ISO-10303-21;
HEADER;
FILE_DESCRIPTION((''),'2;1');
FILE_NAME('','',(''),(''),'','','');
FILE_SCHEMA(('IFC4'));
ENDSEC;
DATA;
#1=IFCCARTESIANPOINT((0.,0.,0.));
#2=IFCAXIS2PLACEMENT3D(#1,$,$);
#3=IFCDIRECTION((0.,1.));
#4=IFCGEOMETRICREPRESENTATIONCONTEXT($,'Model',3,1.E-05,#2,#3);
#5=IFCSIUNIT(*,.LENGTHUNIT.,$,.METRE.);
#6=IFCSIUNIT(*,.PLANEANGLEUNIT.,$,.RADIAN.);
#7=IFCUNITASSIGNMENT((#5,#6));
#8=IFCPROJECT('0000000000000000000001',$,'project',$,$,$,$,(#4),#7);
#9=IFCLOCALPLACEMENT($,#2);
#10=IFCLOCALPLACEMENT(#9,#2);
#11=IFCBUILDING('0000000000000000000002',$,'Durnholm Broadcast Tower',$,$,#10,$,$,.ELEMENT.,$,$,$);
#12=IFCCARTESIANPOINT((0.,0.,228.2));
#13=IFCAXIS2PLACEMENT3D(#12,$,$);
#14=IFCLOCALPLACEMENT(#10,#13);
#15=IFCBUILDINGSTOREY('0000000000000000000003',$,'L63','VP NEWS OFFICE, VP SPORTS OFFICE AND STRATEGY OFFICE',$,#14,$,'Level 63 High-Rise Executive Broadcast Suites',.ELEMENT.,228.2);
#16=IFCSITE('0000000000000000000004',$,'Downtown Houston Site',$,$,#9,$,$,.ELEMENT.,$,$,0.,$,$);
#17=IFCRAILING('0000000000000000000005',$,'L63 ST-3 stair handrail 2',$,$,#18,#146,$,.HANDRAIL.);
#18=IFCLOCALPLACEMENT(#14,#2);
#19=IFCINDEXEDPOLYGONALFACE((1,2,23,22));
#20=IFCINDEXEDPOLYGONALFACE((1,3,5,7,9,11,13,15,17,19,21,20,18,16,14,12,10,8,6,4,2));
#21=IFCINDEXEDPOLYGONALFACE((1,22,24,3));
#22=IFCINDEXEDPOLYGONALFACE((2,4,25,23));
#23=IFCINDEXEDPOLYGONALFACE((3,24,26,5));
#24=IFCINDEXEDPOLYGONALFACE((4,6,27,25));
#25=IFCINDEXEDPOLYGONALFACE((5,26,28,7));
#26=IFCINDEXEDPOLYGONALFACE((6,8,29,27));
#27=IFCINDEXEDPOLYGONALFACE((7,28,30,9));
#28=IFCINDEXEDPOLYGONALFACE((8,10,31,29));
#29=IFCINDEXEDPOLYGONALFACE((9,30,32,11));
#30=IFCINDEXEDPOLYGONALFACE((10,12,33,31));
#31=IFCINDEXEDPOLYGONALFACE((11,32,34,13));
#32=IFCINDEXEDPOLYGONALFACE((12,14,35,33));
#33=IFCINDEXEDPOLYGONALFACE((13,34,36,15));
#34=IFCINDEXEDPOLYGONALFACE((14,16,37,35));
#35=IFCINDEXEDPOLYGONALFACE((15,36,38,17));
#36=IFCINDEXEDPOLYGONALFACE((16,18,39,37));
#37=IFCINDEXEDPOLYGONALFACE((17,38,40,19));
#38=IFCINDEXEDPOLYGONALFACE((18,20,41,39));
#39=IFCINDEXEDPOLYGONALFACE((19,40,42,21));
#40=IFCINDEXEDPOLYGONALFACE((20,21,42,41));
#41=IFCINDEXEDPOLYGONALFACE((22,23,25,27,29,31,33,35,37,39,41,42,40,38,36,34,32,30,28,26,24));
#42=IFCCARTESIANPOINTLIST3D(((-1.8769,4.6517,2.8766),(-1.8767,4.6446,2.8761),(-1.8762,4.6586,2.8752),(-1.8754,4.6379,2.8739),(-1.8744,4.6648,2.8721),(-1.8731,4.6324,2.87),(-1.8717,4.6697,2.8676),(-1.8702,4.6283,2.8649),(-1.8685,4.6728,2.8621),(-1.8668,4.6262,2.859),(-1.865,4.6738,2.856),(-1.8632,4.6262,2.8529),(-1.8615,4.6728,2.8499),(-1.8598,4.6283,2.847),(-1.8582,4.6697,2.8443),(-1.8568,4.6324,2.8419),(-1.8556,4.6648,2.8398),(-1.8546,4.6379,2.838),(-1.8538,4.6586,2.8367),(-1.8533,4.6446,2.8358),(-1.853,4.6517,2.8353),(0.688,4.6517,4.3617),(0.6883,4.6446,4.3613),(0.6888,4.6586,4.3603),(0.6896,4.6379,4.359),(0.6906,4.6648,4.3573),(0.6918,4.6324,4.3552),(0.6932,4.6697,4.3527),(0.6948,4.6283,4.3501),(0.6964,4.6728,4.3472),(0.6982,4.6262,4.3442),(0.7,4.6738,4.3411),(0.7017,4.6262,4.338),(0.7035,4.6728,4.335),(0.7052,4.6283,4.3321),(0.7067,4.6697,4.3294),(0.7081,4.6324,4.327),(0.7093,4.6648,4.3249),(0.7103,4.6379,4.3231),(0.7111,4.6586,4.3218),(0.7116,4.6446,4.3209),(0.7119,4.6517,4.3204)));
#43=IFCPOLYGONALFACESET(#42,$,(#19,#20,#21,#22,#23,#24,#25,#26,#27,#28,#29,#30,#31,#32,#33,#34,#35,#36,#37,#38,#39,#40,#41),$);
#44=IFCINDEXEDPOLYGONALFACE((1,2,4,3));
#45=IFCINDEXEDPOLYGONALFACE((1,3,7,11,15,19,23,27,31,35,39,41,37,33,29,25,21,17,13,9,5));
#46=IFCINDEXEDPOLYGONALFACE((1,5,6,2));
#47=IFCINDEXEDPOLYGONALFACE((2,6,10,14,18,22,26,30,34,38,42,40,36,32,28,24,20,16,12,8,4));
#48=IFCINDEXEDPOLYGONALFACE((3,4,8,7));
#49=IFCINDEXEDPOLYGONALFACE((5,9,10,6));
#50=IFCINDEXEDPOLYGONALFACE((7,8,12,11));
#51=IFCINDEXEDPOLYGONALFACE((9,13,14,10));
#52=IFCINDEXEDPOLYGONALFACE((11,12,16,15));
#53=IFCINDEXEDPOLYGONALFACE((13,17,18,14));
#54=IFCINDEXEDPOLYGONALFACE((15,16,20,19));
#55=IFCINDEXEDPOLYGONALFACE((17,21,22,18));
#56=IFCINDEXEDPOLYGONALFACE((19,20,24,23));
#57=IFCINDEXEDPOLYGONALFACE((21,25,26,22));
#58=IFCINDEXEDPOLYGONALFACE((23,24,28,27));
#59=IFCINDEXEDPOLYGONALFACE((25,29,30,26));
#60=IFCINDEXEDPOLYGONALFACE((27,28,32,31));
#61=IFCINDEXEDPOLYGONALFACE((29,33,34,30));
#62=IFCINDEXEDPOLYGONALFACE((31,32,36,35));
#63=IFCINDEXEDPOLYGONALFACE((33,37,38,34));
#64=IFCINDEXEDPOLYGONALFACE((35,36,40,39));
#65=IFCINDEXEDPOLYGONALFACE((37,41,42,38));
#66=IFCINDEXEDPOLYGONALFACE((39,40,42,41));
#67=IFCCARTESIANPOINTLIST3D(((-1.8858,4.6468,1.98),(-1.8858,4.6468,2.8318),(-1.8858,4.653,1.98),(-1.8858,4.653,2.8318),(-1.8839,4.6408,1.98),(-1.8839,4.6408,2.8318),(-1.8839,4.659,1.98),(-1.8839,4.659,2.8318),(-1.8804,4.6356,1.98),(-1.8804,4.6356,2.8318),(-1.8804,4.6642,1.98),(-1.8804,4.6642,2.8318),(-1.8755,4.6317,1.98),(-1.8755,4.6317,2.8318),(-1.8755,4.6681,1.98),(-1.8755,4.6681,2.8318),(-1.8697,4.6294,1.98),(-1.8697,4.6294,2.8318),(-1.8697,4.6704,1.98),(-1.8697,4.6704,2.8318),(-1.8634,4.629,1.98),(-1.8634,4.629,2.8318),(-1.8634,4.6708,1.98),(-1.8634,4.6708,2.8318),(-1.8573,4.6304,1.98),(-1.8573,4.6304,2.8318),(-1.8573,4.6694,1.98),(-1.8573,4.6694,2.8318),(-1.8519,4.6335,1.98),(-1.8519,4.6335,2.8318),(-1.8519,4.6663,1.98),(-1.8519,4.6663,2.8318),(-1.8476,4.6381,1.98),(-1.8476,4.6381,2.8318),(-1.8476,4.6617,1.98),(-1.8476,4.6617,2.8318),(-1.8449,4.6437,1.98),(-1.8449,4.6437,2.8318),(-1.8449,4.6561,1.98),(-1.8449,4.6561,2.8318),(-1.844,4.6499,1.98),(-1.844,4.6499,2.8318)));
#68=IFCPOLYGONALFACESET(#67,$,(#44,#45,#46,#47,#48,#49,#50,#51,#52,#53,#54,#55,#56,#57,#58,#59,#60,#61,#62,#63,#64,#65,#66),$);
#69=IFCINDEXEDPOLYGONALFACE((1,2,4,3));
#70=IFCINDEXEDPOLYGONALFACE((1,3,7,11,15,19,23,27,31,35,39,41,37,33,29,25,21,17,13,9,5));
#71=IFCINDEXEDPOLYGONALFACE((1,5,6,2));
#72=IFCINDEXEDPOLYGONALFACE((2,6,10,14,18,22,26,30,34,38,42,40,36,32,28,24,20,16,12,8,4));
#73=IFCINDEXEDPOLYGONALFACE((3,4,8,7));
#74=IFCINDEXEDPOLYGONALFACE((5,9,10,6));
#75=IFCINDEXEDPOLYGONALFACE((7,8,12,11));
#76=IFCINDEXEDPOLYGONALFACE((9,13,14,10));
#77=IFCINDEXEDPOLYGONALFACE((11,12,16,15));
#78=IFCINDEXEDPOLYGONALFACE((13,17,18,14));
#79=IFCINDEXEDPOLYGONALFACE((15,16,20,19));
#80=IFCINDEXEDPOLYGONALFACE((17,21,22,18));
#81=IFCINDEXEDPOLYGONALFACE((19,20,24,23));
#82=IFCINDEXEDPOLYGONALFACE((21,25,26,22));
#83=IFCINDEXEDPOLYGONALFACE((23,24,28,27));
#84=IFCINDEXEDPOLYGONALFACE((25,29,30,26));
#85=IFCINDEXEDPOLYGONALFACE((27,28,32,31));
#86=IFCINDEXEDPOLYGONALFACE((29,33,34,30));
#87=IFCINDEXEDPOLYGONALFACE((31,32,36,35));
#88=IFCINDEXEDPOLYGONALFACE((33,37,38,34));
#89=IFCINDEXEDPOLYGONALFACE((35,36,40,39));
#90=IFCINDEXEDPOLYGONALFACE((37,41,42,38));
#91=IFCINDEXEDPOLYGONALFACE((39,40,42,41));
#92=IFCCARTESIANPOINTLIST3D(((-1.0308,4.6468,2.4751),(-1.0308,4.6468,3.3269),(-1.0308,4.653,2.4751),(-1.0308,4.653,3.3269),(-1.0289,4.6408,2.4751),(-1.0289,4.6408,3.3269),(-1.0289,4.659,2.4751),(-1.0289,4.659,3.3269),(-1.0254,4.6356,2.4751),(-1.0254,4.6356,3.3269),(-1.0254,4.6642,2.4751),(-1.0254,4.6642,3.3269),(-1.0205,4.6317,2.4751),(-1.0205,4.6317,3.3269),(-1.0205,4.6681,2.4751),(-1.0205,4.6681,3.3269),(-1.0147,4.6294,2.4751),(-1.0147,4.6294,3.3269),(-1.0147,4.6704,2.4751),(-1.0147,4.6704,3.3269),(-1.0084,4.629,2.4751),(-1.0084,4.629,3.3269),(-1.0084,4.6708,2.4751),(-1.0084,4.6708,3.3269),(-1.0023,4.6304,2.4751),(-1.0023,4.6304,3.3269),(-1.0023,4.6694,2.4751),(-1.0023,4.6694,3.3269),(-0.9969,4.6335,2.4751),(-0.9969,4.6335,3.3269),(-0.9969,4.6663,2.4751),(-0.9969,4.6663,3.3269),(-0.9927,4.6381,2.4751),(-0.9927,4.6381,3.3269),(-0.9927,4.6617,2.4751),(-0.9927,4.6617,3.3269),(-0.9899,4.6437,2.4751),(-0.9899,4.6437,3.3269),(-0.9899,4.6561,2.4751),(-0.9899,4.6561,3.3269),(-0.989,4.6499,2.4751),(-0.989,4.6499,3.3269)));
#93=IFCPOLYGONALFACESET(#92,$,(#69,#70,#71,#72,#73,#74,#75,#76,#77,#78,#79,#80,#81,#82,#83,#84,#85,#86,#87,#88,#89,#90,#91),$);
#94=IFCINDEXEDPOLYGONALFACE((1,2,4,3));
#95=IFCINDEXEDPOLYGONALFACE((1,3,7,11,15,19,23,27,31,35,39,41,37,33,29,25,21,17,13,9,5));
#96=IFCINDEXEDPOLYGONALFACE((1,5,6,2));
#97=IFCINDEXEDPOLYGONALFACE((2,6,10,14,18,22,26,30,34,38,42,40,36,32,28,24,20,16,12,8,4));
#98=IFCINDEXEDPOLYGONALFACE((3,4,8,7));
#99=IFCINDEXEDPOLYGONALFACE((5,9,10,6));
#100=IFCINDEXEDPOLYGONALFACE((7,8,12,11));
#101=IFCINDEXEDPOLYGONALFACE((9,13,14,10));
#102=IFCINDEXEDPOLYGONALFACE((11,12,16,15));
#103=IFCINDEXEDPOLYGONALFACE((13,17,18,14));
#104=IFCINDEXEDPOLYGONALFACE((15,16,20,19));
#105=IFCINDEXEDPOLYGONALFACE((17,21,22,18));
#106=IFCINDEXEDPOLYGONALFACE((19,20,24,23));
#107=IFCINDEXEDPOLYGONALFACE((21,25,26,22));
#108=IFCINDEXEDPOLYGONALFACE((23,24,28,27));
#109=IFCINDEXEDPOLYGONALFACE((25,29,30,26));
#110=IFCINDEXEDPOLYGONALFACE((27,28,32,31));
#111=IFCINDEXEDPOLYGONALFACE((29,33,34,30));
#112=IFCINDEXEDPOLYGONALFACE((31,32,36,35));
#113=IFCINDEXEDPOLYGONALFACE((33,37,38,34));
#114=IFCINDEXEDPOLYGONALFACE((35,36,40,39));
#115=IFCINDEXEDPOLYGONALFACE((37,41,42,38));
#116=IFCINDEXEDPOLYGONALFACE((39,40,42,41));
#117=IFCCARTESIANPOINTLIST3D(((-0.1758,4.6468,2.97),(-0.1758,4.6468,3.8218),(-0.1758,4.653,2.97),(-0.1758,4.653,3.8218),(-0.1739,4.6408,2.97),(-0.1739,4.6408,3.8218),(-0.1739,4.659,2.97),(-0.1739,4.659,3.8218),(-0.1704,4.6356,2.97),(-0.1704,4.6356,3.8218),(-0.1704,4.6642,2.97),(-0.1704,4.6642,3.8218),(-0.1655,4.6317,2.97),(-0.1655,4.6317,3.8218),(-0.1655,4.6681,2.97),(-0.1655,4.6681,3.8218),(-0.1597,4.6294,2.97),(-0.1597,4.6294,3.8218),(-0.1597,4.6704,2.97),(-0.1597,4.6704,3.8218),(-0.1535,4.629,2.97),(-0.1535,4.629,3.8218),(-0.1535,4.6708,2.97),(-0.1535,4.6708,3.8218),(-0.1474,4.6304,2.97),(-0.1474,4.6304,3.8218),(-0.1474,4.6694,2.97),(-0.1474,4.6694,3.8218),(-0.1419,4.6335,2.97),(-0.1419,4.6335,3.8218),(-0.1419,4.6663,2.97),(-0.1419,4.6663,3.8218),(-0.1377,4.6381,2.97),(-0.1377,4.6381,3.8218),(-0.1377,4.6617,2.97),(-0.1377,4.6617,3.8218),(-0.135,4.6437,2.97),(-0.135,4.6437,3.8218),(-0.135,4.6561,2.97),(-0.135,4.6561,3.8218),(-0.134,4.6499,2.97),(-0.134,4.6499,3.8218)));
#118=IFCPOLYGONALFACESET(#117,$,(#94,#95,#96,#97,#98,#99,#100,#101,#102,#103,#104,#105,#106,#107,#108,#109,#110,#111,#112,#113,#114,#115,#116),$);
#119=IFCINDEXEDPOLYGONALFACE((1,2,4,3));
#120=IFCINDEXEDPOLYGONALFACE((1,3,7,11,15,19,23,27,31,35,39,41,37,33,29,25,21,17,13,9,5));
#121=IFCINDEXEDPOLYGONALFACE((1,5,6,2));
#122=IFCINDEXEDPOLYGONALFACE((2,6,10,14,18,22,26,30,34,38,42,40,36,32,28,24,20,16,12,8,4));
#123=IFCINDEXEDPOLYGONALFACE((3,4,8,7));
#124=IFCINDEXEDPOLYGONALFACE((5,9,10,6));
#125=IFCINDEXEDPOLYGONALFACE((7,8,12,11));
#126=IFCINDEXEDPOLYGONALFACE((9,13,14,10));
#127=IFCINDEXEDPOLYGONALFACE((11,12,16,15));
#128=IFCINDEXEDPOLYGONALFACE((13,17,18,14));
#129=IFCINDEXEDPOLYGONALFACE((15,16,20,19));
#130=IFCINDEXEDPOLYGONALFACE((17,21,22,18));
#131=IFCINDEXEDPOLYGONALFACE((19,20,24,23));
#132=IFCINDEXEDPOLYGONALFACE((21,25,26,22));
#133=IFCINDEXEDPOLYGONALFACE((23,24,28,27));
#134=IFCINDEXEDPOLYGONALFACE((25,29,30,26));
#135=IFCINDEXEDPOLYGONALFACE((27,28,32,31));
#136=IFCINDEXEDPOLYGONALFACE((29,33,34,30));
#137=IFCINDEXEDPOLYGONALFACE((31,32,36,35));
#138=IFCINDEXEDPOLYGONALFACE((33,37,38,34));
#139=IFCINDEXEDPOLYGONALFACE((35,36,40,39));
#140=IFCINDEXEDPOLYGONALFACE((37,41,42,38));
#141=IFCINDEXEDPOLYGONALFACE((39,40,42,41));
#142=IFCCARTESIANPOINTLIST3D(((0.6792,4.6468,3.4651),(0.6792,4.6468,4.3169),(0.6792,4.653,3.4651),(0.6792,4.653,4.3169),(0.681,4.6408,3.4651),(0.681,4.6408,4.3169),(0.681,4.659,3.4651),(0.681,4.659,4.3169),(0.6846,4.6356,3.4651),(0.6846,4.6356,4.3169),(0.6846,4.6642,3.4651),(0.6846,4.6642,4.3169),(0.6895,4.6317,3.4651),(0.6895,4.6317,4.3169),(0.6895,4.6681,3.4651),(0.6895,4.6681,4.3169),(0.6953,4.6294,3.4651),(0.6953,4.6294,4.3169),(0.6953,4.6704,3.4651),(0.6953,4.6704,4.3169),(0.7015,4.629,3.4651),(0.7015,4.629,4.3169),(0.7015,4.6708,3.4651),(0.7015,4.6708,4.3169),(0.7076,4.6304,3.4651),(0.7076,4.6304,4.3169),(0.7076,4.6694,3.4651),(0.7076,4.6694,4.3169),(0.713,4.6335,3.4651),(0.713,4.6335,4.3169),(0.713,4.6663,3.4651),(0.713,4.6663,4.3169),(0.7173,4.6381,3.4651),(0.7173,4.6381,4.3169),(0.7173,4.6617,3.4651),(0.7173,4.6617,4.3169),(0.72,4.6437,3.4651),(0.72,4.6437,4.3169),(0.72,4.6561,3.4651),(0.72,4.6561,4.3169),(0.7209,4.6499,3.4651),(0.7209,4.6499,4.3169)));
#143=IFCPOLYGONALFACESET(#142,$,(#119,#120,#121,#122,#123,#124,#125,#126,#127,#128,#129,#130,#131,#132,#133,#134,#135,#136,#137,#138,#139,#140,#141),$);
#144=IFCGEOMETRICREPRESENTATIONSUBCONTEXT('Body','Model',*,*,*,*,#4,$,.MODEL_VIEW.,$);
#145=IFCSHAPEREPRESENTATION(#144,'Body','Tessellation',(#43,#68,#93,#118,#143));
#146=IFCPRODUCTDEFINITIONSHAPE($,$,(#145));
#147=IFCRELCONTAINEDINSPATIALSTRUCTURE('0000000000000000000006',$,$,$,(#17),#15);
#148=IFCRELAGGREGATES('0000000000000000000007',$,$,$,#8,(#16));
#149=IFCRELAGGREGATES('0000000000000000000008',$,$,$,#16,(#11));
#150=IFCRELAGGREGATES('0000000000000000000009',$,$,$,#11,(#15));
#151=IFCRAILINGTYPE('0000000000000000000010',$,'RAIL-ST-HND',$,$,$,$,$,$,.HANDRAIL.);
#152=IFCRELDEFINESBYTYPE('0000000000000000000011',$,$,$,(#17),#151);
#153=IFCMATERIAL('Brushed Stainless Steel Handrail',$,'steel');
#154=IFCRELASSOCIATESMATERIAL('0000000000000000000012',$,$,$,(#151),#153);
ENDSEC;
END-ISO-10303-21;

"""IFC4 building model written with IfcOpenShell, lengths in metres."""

from ifc_helpers import new_model, si_unit, direction, frame, origin, origin_2d, place, context, subcontext, project, spatial, circle, extrude, material, type_object, element, save


model = new_model("IFC4")

# Units and contexts
model_context = context("Model", 3, precision=1e-05, world=origin(), true_north=direction((0.0, 1.0)))
body_context = subcontext(model_context, "Body", "Model", "MODEL_VIEW")
ifc_project = project(units=[si_unit("LENGTHUNIT", "METRE"), si_unit("PLANEANGLEUNIT", "RADIAN")], contexts=[model_context])

# Site, building, storey
site_placement = place(None, origin())
site = spatial("IfcSite", under=ifc_project, at=site_placement, Name="Downtown Houston Site", CompositionType="ELEMENT", RefElevation=0.0)
building_placement = place(site_placement, origin())
building = spatial("IfcBuilding", under=site, at=building_placement, Name="Durnholm Broadcast Tower", CompositionType="ELEMENT")
storey_placement = place(building_placement, frame((0.0, 0.0, 228.2)))
storey = spatial("IfcBuildingStorey", under=building, at=storey_placement, Name="L63", Description="VP NEWS OFFICE, VP SPORTS OFFICE AND STRATEGY OFFICE", LongName="Level 63 High-Rise Executive Broadcast Suites", CompositionType="ELEMENT", Elevation=228.2)

# Railing
ifc_material_1 = material(Name="Brushed Stainless Steel Handrail", Category="steel")
railing_type_1 = type_object("IfcRailingType", Name="RAIL-ST-HND", PredefinedType="HANDRAIL", material=ifc_material_1)
railing_1_placement = place(storey_placement, frame((-1.865, 4.6499, 1.98)))
element("IfcRailing", 1, at=railing_1_placement, inside=storey, type_object=railing_type_1, Name="L63 ST-3 stair handrail 2", PredefinedType="HANDRAIL", context=body_context, shape_type="SweptSolid", body=[
    extrude(circle(Radius=0.0239, at=origin_2d()), frame((0.0, 0.0, 0.876), z_axis=(0.865406, 0.0, 0.501072), x_axis=(0.0, 1.0, 0.0)), (0.0, 0.0, 1.0), 2.9639),
    extrude(circle(Radius=0.021, at=origin_2d()), origin(), (0.0, 0.0, 1.0), 0.8518),
    extrude(circle(Radius=0.021, at=origin_2d()), frame((0.855, 0.0, 0.4951)), (0.0, 0.0, 1.0), 0.8518),
    extrude(circle(Radius=0.021, at=origin_2d()), frame((1.71, 0.0, 0.99)), (0.0, 0.0, 1.0), 0.8518),
    extrude(circle(Radius=0.021, at=origin_2d()), frame((2.5649, 0.0, 1.4851)), (0.0, 0.0, 1.0), 0.8518),
])

save(model, "model.ifc")
